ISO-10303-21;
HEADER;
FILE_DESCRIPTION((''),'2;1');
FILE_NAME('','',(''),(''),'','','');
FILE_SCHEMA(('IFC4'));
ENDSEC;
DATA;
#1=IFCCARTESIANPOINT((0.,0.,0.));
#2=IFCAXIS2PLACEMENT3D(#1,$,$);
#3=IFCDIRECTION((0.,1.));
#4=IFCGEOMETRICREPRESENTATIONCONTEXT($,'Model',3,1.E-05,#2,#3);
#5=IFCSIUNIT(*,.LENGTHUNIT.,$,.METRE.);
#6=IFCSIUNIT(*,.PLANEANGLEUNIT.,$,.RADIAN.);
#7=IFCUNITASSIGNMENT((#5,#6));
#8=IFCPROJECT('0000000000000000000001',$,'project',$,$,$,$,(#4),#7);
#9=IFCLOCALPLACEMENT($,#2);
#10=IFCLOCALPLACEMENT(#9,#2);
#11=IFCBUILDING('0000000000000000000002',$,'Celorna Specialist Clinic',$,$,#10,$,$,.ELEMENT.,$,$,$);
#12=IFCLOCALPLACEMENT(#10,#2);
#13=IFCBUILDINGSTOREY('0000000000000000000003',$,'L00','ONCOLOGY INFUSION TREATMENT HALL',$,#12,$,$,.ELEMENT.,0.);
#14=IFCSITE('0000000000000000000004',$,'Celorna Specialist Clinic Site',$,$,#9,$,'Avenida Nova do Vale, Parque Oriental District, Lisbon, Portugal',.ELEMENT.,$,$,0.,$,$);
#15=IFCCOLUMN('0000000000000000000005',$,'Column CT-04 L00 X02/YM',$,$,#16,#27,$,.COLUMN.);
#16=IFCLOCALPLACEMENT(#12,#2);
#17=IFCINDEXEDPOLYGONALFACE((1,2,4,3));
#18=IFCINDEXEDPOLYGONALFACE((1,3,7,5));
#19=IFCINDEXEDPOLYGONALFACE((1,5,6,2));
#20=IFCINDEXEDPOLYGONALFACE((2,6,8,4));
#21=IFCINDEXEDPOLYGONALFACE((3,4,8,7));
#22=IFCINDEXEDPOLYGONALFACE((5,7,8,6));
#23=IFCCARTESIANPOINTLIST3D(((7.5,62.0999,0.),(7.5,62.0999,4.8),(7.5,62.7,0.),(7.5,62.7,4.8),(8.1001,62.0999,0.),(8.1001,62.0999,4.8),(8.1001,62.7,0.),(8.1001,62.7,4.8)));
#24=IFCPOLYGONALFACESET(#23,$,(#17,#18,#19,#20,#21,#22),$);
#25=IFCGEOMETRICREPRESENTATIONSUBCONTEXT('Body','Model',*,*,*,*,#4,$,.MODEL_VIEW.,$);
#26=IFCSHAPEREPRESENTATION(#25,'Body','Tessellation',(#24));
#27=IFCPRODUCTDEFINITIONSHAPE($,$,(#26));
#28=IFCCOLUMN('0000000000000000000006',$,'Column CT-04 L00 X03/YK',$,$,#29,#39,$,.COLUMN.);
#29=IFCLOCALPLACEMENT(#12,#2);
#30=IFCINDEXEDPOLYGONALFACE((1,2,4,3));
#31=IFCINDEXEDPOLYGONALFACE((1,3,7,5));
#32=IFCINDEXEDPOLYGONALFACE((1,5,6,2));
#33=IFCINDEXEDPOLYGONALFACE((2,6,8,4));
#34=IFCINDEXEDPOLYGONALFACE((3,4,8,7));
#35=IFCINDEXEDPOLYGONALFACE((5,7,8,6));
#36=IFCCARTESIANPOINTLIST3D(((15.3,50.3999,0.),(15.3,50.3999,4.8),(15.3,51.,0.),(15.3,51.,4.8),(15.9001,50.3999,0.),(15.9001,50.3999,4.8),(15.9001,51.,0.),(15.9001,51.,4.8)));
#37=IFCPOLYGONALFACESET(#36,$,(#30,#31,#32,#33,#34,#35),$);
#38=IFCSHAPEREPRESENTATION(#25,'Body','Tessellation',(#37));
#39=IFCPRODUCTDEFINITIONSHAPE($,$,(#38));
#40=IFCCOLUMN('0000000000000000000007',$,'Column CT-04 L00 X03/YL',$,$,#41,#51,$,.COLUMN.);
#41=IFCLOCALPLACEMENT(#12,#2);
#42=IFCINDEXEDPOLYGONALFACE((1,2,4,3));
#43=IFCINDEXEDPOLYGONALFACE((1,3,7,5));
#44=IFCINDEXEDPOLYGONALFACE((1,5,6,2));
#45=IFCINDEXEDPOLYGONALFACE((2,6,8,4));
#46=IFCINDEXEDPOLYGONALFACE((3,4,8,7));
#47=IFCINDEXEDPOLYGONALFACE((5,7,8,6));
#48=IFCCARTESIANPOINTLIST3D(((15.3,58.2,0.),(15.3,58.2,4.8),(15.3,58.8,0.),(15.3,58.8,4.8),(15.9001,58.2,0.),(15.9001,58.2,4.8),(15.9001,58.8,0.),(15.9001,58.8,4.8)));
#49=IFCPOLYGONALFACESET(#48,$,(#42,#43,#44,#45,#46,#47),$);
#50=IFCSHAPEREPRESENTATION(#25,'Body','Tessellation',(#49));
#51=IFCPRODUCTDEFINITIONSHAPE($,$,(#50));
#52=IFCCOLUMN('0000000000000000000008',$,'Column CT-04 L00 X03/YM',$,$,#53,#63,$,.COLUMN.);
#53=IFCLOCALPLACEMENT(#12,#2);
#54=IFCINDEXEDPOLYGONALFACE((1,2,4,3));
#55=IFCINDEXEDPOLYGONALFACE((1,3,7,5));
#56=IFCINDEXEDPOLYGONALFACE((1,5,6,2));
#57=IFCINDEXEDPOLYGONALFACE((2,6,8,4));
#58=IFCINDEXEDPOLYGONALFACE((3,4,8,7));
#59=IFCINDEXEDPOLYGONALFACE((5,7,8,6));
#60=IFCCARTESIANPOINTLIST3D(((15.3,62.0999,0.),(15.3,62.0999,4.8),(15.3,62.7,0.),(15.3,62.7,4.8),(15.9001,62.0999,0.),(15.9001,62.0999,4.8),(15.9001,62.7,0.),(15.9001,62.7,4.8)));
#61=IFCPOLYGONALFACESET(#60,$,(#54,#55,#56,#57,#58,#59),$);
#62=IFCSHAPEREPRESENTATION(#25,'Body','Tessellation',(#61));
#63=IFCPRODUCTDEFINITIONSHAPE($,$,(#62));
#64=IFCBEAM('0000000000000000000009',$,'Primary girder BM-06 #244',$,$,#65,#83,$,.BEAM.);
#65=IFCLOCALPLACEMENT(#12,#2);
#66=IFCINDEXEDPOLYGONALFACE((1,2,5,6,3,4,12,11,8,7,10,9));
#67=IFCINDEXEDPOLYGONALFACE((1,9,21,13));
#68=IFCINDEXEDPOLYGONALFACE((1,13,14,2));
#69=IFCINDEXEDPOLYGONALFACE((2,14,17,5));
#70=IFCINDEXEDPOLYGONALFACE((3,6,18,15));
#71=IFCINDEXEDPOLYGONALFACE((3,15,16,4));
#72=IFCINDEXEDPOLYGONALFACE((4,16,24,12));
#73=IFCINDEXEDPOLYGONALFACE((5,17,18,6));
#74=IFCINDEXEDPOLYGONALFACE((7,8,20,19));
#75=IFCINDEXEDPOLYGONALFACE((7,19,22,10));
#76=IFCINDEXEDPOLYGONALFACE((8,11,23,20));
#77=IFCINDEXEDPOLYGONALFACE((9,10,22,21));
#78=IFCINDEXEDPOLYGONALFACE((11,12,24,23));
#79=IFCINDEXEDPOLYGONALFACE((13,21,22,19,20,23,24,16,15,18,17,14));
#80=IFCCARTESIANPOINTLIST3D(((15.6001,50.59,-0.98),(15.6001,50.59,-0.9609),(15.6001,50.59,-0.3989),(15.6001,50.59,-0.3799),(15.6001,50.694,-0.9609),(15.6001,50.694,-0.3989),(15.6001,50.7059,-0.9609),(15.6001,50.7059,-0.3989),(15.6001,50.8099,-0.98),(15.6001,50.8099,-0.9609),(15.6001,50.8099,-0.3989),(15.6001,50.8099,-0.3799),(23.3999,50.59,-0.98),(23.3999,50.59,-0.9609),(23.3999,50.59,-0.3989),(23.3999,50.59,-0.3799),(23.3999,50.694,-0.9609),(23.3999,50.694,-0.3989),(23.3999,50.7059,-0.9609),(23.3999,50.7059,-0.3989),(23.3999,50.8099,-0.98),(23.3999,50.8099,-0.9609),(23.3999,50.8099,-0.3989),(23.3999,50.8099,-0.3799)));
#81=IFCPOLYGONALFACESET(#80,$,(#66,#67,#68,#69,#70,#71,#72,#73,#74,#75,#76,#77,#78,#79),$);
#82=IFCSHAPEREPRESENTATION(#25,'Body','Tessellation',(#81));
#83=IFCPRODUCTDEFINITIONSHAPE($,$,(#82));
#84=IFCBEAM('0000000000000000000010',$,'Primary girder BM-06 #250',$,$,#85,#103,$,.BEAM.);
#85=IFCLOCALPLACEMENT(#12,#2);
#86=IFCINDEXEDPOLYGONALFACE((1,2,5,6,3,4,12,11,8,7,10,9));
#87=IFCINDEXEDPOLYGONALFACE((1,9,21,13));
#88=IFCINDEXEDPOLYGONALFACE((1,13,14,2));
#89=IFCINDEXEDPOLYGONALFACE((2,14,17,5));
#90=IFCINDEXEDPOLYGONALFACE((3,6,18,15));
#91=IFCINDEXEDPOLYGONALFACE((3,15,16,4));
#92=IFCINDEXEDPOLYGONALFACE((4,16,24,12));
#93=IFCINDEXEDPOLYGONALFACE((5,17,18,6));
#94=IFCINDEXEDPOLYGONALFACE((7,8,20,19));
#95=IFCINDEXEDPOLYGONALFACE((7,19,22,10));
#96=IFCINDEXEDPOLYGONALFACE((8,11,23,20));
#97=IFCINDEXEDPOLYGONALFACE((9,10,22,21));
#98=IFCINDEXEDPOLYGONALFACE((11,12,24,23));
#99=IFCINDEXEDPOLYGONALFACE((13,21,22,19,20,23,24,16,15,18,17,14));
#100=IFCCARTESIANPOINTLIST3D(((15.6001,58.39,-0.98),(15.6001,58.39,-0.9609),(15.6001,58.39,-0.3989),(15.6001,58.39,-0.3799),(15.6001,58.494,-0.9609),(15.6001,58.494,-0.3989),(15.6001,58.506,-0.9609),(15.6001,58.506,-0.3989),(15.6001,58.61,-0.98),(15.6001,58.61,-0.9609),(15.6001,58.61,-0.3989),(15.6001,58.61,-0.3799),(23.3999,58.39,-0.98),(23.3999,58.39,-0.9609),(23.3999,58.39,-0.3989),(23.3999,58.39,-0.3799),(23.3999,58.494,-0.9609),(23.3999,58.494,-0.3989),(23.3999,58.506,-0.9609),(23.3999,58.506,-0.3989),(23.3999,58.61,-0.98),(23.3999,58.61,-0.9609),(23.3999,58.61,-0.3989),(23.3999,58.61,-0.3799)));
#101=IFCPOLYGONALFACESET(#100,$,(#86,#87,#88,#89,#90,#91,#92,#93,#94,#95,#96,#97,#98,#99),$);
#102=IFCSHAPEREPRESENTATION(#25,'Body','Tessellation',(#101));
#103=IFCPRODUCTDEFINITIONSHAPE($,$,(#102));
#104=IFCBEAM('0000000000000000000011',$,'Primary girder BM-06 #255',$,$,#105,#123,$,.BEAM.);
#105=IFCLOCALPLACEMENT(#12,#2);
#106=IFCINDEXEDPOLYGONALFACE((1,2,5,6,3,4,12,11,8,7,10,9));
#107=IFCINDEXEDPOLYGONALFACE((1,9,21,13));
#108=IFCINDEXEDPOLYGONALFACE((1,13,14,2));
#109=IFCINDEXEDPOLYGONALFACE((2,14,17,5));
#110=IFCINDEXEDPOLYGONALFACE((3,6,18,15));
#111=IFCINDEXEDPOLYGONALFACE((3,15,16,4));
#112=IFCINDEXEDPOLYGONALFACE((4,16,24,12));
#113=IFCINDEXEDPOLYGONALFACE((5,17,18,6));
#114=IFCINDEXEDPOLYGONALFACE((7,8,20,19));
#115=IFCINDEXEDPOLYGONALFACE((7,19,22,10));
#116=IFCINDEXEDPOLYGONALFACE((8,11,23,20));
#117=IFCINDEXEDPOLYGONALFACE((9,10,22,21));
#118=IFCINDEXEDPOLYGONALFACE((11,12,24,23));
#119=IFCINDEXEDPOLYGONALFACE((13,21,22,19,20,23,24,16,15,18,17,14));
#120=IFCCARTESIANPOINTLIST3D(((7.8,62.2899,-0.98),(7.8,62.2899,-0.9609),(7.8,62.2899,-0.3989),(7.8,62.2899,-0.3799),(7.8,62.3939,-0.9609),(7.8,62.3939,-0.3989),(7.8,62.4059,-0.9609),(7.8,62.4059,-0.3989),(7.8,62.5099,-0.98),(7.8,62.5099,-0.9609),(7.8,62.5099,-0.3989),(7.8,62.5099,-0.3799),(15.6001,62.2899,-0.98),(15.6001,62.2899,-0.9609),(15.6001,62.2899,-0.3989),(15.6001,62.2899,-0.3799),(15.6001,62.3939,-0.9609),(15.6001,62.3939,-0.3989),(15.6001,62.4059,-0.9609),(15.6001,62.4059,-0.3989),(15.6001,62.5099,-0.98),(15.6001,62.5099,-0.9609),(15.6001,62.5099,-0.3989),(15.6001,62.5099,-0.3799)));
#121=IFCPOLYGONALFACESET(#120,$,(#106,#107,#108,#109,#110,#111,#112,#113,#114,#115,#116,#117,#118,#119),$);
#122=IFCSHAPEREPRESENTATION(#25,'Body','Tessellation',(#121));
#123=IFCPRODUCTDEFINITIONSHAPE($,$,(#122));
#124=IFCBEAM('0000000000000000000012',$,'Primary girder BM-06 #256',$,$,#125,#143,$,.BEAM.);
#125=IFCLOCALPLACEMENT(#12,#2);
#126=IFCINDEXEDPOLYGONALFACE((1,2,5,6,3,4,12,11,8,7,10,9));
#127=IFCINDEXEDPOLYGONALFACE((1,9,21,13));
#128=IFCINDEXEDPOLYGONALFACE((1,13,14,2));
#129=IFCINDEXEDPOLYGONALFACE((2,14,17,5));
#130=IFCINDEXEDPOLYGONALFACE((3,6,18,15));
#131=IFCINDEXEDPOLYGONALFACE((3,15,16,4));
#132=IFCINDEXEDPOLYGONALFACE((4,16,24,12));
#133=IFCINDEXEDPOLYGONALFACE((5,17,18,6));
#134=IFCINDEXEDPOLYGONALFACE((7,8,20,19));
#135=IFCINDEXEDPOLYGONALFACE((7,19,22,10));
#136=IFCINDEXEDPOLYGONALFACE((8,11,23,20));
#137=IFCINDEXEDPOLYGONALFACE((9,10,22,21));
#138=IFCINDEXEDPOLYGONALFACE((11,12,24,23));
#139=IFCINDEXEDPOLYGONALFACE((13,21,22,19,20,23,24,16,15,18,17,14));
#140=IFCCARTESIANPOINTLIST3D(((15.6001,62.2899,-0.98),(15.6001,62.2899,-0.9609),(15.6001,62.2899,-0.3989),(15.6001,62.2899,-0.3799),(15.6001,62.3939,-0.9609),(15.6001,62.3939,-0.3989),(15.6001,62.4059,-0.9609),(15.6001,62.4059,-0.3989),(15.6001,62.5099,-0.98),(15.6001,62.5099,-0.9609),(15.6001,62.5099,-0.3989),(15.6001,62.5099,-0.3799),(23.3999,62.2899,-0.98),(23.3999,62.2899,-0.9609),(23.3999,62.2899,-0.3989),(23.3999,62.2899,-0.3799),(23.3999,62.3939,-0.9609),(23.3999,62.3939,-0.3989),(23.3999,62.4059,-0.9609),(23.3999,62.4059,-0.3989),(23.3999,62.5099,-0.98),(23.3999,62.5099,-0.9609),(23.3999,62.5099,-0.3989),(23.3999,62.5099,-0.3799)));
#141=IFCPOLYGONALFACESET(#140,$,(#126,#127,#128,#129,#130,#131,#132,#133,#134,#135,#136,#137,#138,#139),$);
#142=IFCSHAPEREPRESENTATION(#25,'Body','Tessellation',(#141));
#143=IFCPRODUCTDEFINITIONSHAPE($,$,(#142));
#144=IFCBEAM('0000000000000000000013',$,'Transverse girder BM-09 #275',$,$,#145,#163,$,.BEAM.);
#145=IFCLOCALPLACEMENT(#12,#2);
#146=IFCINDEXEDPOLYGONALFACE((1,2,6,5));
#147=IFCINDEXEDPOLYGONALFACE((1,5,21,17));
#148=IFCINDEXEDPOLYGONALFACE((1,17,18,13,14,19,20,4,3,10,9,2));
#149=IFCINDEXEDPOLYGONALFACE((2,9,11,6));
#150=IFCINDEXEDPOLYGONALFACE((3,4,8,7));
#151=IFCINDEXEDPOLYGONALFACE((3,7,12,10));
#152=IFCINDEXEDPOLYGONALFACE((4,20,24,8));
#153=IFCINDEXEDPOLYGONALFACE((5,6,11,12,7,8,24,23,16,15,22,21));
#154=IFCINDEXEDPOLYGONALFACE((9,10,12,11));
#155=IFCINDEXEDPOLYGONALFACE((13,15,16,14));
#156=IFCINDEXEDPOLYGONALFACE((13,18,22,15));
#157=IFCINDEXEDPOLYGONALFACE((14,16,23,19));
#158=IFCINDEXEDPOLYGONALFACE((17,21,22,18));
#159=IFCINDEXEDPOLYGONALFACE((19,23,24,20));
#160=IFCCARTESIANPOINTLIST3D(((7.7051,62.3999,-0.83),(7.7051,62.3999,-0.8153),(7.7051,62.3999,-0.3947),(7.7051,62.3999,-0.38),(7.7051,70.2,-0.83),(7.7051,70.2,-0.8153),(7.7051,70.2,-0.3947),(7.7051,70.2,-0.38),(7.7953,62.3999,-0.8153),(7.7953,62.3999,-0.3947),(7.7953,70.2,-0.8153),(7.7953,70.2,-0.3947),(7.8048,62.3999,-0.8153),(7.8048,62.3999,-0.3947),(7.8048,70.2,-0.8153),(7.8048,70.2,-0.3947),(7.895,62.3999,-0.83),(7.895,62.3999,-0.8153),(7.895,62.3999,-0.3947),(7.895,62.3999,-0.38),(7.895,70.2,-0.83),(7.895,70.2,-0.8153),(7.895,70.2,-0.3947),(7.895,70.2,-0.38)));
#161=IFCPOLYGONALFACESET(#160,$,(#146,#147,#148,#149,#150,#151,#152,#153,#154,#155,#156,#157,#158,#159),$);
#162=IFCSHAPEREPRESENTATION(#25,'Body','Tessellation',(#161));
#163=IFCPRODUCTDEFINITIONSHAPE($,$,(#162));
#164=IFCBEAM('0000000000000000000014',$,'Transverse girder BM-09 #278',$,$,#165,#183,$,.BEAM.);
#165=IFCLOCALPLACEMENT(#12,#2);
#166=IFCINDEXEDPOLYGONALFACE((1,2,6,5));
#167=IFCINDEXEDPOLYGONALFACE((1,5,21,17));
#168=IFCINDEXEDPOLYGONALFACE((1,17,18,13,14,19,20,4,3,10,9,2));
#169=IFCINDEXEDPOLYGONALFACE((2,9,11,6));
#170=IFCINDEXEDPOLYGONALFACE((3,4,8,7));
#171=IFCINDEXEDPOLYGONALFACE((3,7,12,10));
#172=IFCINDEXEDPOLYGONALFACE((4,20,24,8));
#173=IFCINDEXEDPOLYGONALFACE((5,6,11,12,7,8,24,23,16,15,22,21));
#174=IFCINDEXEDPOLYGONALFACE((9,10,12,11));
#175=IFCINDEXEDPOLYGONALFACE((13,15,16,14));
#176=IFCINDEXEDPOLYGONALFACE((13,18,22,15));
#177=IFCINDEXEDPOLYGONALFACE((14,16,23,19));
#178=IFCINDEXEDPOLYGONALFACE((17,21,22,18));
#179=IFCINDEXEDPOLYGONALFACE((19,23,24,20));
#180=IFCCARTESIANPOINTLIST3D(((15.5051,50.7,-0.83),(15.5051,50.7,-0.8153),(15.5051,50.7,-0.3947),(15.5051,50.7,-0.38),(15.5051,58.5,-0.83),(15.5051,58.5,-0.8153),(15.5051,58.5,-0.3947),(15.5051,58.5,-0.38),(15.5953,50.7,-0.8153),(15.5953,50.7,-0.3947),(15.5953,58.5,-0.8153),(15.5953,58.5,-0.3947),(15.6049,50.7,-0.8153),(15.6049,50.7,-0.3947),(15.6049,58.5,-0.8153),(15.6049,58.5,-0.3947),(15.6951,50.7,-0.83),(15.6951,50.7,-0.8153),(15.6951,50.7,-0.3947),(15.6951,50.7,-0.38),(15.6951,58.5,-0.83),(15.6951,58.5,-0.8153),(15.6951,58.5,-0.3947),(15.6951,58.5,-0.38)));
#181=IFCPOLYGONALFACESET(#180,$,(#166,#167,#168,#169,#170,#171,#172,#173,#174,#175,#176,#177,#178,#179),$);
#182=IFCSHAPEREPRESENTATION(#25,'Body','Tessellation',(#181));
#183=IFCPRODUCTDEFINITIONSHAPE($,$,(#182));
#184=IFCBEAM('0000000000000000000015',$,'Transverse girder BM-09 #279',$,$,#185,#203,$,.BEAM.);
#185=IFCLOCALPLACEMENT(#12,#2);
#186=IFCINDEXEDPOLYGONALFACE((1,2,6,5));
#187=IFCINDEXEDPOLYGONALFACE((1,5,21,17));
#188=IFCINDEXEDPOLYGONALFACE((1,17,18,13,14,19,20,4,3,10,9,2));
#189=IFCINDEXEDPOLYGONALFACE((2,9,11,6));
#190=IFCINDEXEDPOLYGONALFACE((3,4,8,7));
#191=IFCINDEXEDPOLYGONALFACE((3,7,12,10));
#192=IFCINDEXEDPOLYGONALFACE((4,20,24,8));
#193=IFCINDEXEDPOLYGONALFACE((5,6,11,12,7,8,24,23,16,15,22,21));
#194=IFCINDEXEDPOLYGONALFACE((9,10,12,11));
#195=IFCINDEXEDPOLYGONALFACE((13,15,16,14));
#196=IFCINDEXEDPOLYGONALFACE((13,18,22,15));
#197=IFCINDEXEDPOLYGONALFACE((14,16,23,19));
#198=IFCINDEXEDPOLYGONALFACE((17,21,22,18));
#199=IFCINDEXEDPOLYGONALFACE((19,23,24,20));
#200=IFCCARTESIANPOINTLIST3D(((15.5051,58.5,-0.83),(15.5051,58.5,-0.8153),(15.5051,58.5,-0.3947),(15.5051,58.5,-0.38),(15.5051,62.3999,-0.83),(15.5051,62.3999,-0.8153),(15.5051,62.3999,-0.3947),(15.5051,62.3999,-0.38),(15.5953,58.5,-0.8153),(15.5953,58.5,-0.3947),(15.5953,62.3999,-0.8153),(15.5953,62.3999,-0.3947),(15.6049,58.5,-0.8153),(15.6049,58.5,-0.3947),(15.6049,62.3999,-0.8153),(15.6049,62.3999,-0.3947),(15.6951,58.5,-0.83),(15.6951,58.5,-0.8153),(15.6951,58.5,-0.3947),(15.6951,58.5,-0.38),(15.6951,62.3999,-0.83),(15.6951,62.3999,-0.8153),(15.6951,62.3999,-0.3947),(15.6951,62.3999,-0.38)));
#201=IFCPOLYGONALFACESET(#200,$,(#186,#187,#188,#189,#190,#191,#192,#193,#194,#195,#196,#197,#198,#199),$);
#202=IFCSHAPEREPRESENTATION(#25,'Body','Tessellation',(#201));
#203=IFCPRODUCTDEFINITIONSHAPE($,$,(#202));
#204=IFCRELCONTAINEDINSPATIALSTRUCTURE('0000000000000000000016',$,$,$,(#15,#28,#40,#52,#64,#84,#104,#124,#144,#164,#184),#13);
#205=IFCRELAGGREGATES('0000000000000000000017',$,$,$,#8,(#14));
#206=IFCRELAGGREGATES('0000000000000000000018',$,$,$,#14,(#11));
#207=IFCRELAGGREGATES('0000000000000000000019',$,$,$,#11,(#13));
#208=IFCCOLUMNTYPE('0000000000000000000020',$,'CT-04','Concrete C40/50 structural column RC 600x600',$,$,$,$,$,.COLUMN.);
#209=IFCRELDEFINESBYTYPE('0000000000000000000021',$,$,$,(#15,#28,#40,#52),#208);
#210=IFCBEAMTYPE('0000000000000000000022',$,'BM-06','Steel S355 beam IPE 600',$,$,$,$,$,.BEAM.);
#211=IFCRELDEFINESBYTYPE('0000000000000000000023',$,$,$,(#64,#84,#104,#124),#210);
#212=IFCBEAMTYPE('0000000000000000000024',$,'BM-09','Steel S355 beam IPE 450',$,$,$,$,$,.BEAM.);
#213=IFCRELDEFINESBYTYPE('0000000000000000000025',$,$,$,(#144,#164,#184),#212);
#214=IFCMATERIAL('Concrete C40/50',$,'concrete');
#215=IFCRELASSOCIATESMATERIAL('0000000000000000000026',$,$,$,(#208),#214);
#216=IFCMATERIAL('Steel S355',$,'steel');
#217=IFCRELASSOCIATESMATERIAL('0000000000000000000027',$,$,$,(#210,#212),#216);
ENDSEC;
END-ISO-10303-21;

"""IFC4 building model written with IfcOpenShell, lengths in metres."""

from ifc_helpers import new_model, si_unit, direction, frame, origin, origin_2d, place, context, subcontext, project, spatial, rectangle, i_section, extrude, material, material_profile, profile_set, type_object, element, save


model = new_model("IFC4")

# Units and contexts
model_context = context("Model", 3, precision=1e-05, world=origin(), true_north=direction((0.0, 1.0)))
body_context = subcontext(model_context, "Body", "Model", "MODEL_VIEW")
ifc_project = project(units=[si_unit("LENGTHUNIT", "METRE"), si_unit("PLANEANGLEUNIT", "RADIAN")], contexts=[model_context])

# Site, building, storey
site_placement = place(None, origin())
site = spatial("IfcSite", under=ifc_project, at=site_placement, Name="Celorna Specialist Clinic Site", LongName="Avenida Nova do Vale, Parque Oriental District, Lisbon, Portugal", CompositionType="ELEMENT", RefElevation=0.0)
building_placement = place(site_placement, origin())
building = spatial("IfcBuilding", under=site, at=building_placement, Name="Celorna Specialist Clinic", CompositionType="ELEMENT")
storey_placement = place(building_placement, origin())
storey = spatial("IfcBuildingStorey", under=building, at=storey_placement, Name="L00", Description="ONCOLOGY INFUSION TREATMENT HALL", CompositionType="ELEMENT", Elevation=0.0)

# Columns
ifc_material_1 = material(Name="Concrete C40/50", Category="concrete")
ifc_material_profile_1 = material_profile(ifc_material_1, rectangle(XDim=0.6001, YDim=0.6001, at=origin_2d()), Name="RC 600x600")
ifc_profile_set_1 = profile_set([ifc_material_profile_1], Name="Concrete C40/50")
column_type = type_object("IfcColumnType", Name="CT-04", Description="Concrete C40/50 structural column RC 600x600", PredefinedType="COLUMN", material=ifc_profile_set_1)
for number, where, z_axis, x_axis, name in (
    (1, (7.8, 62.3999, 0.0), (0.0, 0.0, 1.0), (1.0, 0.0, 0.0), "Column CT-04 L00 X02/YM"),
    (2, (15.6001, 50.7, 0.0), (0.0, 0.0, 1.0), (1.0, 0.0, 0.0), "Column CT-04 L00 X03/YK"),
    (3, (15.6001, 58.5, 0.0), (0.0, 0.0, 1.0), (1.0, 0.0, 0.0), "Column CT-04 L00 X03/YL"),
    (4, (15.6001, 62.3999, 0.0), (0.0, 0.0, 1.0), (1.0, 0.0, 0.0), "Column CT-04 L00 X03/YM"),
):
    element("IfcColumn", number, at=place(storey_placement, frame(where, z_axis=z_axis, x_axis=x_axis)), inside=storey, type_object=column_type, Name=name, PredefinedType="COLUMN", context=body_context, shape_type="SweptSolid", body=[
        extrude(rectangle(XDim=0.6001, YDim=0.6001, at=origin_2d()), origin(), (0.0, 0.0, 1.0), 4.8),
    ])

# Beams
ifc_material_2 = material(Name="Steel S355", Category="steel")
ifc_material_profile_2 = material_profile(ifc_material_2, i_section(OverallWidth=0.22, OverallDepth=0.6001, WebThickness=0.012, FlangeThickness=0.019, at=origin_2d()), Name="IPE 600")
ifc_profile_set_2 = profile_set([ifc_material_profile_2], Name="Steel S355")
beam_type_1 = type_object("IfcBeamType", Name="BM-06", Description="Steel S355 beam IPE 600", PredefinedType="BEAM", material=ifc_profile_set_2)
for number, where, z_axis, x_axis, name in (
    (5, (15.6001, 50.7, -0.6799), (1.0, 0.0, 0.0), (0.0, 1.0, 0.0), "Primary girder BM-06 #244"),
    (6, (15.6001, 58.5, -0.6799), (1.0, 0.0, 0.0), (0.0, 1.0, 0.0), "Primary girder BM-06 #250"),
):
    element("IfcBeam", number, at=place(storey_placement, frame(where, z_axis=z_axis, x_axis=x_axis)), inside=storey, type_object=beam_type_1, Name=name, PredefinedType="BEAM", context=body_context, shape_type="SweptSolid", body=[
        extrude(i_section(OverallWidth=0.22, OverallDepth=0.6001, WebThickness=0.012, FlangeThickness=0.019, at=origin_2d()), origin(), (0.0, 0.0, 1.0), 7.7998),
    ])
beam_1_placement = place(storey_placement, frame((7.8, 62.3999, -0.6799), z_axis=(1.0, 0.0, 0.0), x_axis=(0.0, 1.0, 0.0)))
element("IfcBeam", 7, at=beam_1_placement, inside=storey, type_object=beam_type_1, Name="Primary girder BM-06 #255", PredefinedType="BEAM", context=body_context, shape_type="SweptSolid", body=[
    extrude(i_section(OverallWidth=0.22, OverallDepth=0.6001, WebThickness=0.012, FlangeThickness=0.019, at=origin_2d()), origin(), (0.0, 0.0, 1.0), 7.8),
])
beam_2_placement = place(storey_placement, frame((15.6001, 62.3999, -0.6799), z_axis=(1.0, 0.0, 0.0), x_axis=(0.0, 1.0, 0.0)))
element("IfcBeam", 8, at=beam_2_placement, inside=storey, type_object=beam_type_1, Name="Primary girder BM-06 #256", PredefinedType="BEAM", context=body_context, shape_type="SweptSolid", body=[
    extrude(i_section(OverallWidth=0.22, OverallDepth=0.6001, WebThickness=0.012, FlangeThickness=0.019, at=origin_2d()), origin(), (0.0, 0.0, 1.0), 7.7998),
])
ifc_material_profile_3 = material_profile(ifc_material_2, i_section(OverallWidth=0.1899, OverallDepth=0.45, WebThickness=0.0095, FlangeThickness=0.0146, at=origin_2d()), Name="IPE 450")
ifc_profile_set_3 = profile_set([ifc_material_profile_3], Name="Steel S355")
beam_type_2 = type_object("IfcBeamType", Name="BM-09", Description="Steel S355 beam IPE 450", PredefinedType="BEAM", material=ifc_profile_set_3)
for number, where, z_axis, x_axis, name in (
    (9, (7.8, 62.3999, -0.605), (0.0, 1.0, 0.0), (-1.0, 0.0, 0.0), "Transverse girder BM-09 #275"),
    (10, (15.6001, 50.7, -0.605), (0.0, 1.0, 0.0), (-1.0, 0.0, 0.0), "Transverse girder BM-09 #278"),
):
    element("IfcBeam", number, at=place(storey_placement, frame(where, z_axis=z_axis, x_axis=x_axis)), inside=storey, type_object=beam_type_2, Name=name, PredefinedType="BEAM", context=body_context, shape_type="SweptSolid", body=[
        extrude(i_section(OverallWidth=0.1899, OverallDepth=0.45, WebThickness=0.0095, FlangeThickness=0.0146, at=origin_2d()), origin(), (0.0, 0.0, 1.0), 7.8),
    ])
beam_3_placement = place(storey_placement, frame((15.6001, 58.5, -0.605), z_axis=(0.0, 1.0, 0.0), x_axis=(-1.0, 0.0, 0.0)))
element("IfcBeam", 11, at=beam_3_placement, inside=storey, type_object=beam_type_2, Name="Transverse girder BM-09 #279", PredefinedType="BEAM", context=body_context, shape_type="SweptSolid", body=[
    extrude(i_section(OverallWidth=0.1899, OverallDepth=0.45, WebThickness=0.0095, FlangeThickness=0.0146, at=origin_2d()), origin(), (0.0, 0.0, 1.0), 3.8999),
])

save(model, "model.ifc")
